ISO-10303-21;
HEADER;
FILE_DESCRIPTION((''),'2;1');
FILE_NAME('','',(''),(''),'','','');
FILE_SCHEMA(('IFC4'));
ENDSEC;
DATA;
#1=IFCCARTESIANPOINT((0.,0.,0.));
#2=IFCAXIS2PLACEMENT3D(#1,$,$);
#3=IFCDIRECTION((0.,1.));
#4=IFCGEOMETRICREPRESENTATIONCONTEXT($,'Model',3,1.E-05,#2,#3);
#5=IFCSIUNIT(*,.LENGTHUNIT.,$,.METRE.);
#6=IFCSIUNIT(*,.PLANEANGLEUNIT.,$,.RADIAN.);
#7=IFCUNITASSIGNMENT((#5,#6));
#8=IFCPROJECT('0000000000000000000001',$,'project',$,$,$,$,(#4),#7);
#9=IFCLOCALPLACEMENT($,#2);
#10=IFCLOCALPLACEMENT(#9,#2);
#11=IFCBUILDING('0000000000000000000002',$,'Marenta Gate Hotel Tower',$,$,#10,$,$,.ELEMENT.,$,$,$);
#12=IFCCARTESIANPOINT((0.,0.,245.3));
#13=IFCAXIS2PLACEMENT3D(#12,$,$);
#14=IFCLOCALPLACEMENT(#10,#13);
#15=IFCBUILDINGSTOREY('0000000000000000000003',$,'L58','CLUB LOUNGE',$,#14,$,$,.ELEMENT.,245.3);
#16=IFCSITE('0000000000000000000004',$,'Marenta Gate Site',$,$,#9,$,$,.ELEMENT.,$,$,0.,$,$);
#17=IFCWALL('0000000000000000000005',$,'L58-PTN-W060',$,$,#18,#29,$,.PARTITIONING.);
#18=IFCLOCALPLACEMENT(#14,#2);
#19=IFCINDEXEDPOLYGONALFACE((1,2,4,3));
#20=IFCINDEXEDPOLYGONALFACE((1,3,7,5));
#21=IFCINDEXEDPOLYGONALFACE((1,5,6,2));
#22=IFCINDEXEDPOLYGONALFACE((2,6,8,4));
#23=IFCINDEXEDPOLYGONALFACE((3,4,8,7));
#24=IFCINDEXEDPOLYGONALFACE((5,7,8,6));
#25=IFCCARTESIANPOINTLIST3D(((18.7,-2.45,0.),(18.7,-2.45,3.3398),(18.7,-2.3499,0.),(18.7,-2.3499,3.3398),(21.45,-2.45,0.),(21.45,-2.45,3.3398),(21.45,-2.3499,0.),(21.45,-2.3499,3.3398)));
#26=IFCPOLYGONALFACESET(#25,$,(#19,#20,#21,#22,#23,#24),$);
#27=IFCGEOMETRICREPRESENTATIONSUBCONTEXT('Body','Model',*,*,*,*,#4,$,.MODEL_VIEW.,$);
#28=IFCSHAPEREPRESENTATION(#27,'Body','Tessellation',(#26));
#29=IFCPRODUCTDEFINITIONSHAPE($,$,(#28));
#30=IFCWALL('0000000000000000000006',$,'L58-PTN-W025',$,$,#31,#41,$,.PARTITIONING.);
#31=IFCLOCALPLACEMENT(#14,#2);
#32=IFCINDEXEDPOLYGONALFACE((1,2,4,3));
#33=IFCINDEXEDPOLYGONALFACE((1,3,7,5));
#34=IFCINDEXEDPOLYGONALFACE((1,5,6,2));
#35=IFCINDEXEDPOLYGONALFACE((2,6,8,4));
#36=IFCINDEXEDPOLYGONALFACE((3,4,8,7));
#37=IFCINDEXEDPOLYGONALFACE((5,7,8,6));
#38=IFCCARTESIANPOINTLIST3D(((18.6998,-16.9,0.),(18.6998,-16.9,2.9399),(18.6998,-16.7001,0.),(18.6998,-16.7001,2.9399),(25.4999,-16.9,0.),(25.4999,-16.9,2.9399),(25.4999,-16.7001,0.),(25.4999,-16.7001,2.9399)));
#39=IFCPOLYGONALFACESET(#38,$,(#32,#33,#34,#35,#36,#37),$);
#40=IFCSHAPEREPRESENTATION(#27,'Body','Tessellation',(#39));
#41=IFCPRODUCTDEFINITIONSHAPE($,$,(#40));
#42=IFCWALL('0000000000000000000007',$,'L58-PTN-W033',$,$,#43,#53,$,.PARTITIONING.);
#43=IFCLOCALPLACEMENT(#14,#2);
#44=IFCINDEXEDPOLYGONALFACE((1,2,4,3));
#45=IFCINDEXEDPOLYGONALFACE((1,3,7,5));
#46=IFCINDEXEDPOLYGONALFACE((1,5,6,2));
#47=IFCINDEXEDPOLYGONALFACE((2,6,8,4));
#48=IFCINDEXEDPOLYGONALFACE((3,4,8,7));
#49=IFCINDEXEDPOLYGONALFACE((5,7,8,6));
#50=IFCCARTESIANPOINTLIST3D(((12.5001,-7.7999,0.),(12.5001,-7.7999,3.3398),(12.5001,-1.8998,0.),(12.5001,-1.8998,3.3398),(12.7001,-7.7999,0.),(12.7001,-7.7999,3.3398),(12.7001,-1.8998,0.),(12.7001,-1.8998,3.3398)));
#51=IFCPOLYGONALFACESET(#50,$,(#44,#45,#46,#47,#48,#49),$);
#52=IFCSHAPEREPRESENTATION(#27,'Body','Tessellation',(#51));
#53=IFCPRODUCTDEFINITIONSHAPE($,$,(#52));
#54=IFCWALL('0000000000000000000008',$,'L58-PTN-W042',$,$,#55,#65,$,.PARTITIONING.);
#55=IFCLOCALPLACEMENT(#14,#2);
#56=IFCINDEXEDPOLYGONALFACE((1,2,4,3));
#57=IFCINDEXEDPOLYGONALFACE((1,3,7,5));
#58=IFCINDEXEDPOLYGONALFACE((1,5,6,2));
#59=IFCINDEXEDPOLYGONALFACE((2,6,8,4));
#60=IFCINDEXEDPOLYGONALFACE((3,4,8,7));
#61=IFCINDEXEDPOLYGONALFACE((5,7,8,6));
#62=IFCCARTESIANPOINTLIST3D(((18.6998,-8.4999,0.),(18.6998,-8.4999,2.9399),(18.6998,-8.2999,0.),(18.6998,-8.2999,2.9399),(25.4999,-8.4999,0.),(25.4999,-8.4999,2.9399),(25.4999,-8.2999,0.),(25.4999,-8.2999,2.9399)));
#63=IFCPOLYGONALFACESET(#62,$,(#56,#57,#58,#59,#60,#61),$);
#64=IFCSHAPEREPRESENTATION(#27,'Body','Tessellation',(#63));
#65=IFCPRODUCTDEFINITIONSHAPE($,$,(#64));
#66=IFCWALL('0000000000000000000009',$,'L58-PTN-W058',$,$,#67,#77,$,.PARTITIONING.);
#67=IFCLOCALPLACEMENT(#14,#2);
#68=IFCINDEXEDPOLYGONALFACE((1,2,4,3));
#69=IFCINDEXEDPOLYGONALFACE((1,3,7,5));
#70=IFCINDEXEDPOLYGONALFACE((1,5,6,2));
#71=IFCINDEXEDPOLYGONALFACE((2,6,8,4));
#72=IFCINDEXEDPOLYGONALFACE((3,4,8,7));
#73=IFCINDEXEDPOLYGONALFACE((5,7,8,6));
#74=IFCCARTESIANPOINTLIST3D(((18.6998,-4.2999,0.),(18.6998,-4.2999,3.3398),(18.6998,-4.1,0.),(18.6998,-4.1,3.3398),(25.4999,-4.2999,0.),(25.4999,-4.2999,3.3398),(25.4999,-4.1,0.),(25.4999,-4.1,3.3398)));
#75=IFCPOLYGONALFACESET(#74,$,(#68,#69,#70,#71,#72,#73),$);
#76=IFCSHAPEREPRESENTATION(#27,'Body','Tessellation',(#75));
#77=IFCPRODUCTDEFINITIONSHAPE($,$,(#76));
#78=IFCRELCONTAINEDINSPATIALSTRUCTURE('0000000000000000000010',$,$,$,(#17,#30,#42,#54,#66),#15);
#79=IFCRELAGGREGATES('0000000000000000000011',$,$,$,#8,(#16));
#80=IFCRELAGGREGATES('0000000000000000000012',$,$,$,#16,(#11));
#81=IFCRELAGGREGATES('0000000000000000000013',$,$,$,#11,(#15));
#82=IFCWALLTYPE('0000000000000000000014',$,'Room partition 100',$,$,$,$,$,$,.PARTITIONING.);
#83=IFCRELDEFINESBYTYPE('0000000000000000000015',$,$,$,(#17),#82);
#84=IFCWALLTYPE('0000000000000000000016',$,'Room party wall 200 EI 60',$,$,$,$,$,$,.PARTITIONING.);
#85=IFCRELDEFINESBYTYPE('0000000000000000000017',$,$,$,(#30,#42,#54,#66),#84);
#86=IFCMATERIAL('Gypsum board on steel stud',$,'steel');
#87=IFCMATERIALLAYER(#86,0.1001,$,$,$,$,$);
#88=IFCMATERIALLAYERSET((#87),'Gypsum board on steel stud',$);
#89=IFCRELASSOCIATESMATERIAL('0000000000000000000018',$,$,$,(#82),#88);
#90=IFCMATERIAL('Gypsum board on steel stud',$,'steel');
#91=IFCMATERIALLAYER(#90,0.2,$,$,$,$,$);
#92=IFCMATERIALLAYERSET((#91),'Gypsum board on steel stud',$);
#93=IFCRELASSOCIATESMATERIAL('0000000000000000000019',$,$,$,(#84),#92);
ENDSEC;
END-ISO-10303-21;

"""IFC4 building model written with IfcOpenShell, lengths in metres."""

from ifc_helpers import new_model, si_unit, direction, frame, frame_2d, origin, place, context, subcontext, project, spatial, rectangle, extrude, material, layer, layer_set, type_object, element, save


model = new_model("IFC4")

# Units and contexts
model_context = context("Model", 3, precision=1e-05, world=origin(), true_north=direction((0.0, 1.0)))
body_context = subcontext(model_context, "Body", "Model", "MODEL_VIEW")
ifc_project = project(units=[si_unit("LENGTHUNIT", "METRE"), si_unit("PLANEANGLEUNIT", "RADIAN")], contexts=[model_context])

# Site, building, storey
site_placement = place(None, origin())
site = spatial("IfcSite", under=ifc_project, at=site_placement, Name="Marenta Gate Site", CompositionType="ELEMENT", RefElevation=0.0)
building_placement = place(site_placement, origin())
building = spatial("IfcBuilding", under=site, at=building_placement, Name="Marenta Gate Hotel Tower", CompositionType="ELEMENT")
storey_placement = place(building_placement, frame((0.0, 0.0, 245.3)))
storey = spatial("IfcBuildingStorey", under=building, at=storey_placement, Name="L58", Description="CLUB LOUNGE", CompositionType="ELEMENT", Elevation=245.3)

# Shared definitions
ifc_material_1 = material(Name="Gypsum board on steel stud", Category="steel")
ifc_layer_1 = layer(ifc_material_1, 0.1001)
ifc_layer_set_1 = layer_set([ifc_layer_1], Name="Gypsum board on steel stud")
wall_type_1 = type_object("IfcWallType", Name="Room partition 100", PredefinedType="PARTITIONING", material=ifc_layer_set_1)

# Walls
wall_1_placement = place(storey_placement, frame((18.7, -2.3999, 0.0), z_axis=(0.0, 0.0, 1.0), x_axis=(1.0, 0.0, 0.0)))
element("IfcWall", 1, at=wall_1_placement, inside=storey, type_object=wall_type_1, Name="L58-PTN-W060", PredefinedType="PARTITIONING", context=body_context, shape_type="SweptSolid", body=[
    extrude(rectangle(XDim=2.75, YDim=0.1001, at=frame_2d((1.375, 0.0))), origin(), (0.0, 0.0, 1.0), 3.3398),
])
ifc_material_2 = material(Name="Gypsum board on steel stud", Category="steel")
ifc_layer_2 = layer(ifc_material_2, 0.2)
ifc_layer_set_2 = layer_set([ifc_layer_2], Name="Gypsum board on steel stud")
wall_type_2 = type_object("IfcWallType", Name="Room party wall 200 EI 60", PredefinedType="PARTITIONING", material=ifc_layer_set_2)
wall_2_placement = place(storey_placement, frame((18.7, -16.8, 0.0), z_axis=(0.0, 0.0, 1.0), x_axis=(1.0, 0.0, 0.0)))
element("IfcWall", 2, at=wall_2_placement, inside=storey, type_object=wall_type_2, Name="L58-PTN-W025", PredefinedType="PARTITIONING", context=body_context, shape_type="SweptSolid", body=[
    extrude(rectangle(XDim=6.8, YDim=0.2, at=frame_2d((3.3999, 0.0))), origin(), (0.0, 0.0, 1.0), 2.9399),
])
wall_3_placement = place(storey_placement, frame((12.6001, -7.8, 0.0), z_axis=(0.0, 0.0, 1.0), x_axis=(0.0, 1.0, 0.0)))
element("IfcWall", 3, at=wall_3_placement, inside=storey, type_object=wall_type_2, Name="L58-PTN-W033", PredefinedType="PARTITIONING", context=body_context, shape_type="SweptSolid", body=[
    extrude(rectangle(XDim=5.9001, YDim=0.2, at=frame_2d((2.9502, 0.0))), origin(), (0.0, 0.0, 1.0), 3.3398),
])
wall_4_placement = place(storey_placement, frame((18.7, -8.3999, 0.0), z_axis=(0.0, 0.0, 1.0), x_axis=(1.0, 0.0, 0.0)))
element("IfcWall", 4, at=wall_4_placement, inside=storey, type_object=wall_type_2, Name="L58-PTN-W042", PredefinedType="PARTITIONING", context=body_context, shape_type="SweptSolid", body=[
    extrude(rectangle(XDim=6.8, YDim=0.2, at=frame_2d((3.3999, 0.0))), origin(), (0.0, 0.0, 1.0), 2.9399),
])
wall_5_placement = place(storey_placement, frame((18.7, -4.2, 0.0), z_axis=(0.0, 0.0, 1.0), x_axis=(1.0, 0.0, 0.0)))
element("IfcWall", 5, at=wall_5_placement, inside=storey, type_object=wall_type_2, Name="L58-PTN-W058", PredefinedType="PARTITIONING", context=body_context, shape_type="SweptSolid", body=[
    extrude(rectangle(XDim=6.8, YDim=0.2, at=frame_2d((3.3999, 0.0))), origin(), (0.0, 0.0, 1.0), 3.3398),
])

save(model, "model.ifc")
